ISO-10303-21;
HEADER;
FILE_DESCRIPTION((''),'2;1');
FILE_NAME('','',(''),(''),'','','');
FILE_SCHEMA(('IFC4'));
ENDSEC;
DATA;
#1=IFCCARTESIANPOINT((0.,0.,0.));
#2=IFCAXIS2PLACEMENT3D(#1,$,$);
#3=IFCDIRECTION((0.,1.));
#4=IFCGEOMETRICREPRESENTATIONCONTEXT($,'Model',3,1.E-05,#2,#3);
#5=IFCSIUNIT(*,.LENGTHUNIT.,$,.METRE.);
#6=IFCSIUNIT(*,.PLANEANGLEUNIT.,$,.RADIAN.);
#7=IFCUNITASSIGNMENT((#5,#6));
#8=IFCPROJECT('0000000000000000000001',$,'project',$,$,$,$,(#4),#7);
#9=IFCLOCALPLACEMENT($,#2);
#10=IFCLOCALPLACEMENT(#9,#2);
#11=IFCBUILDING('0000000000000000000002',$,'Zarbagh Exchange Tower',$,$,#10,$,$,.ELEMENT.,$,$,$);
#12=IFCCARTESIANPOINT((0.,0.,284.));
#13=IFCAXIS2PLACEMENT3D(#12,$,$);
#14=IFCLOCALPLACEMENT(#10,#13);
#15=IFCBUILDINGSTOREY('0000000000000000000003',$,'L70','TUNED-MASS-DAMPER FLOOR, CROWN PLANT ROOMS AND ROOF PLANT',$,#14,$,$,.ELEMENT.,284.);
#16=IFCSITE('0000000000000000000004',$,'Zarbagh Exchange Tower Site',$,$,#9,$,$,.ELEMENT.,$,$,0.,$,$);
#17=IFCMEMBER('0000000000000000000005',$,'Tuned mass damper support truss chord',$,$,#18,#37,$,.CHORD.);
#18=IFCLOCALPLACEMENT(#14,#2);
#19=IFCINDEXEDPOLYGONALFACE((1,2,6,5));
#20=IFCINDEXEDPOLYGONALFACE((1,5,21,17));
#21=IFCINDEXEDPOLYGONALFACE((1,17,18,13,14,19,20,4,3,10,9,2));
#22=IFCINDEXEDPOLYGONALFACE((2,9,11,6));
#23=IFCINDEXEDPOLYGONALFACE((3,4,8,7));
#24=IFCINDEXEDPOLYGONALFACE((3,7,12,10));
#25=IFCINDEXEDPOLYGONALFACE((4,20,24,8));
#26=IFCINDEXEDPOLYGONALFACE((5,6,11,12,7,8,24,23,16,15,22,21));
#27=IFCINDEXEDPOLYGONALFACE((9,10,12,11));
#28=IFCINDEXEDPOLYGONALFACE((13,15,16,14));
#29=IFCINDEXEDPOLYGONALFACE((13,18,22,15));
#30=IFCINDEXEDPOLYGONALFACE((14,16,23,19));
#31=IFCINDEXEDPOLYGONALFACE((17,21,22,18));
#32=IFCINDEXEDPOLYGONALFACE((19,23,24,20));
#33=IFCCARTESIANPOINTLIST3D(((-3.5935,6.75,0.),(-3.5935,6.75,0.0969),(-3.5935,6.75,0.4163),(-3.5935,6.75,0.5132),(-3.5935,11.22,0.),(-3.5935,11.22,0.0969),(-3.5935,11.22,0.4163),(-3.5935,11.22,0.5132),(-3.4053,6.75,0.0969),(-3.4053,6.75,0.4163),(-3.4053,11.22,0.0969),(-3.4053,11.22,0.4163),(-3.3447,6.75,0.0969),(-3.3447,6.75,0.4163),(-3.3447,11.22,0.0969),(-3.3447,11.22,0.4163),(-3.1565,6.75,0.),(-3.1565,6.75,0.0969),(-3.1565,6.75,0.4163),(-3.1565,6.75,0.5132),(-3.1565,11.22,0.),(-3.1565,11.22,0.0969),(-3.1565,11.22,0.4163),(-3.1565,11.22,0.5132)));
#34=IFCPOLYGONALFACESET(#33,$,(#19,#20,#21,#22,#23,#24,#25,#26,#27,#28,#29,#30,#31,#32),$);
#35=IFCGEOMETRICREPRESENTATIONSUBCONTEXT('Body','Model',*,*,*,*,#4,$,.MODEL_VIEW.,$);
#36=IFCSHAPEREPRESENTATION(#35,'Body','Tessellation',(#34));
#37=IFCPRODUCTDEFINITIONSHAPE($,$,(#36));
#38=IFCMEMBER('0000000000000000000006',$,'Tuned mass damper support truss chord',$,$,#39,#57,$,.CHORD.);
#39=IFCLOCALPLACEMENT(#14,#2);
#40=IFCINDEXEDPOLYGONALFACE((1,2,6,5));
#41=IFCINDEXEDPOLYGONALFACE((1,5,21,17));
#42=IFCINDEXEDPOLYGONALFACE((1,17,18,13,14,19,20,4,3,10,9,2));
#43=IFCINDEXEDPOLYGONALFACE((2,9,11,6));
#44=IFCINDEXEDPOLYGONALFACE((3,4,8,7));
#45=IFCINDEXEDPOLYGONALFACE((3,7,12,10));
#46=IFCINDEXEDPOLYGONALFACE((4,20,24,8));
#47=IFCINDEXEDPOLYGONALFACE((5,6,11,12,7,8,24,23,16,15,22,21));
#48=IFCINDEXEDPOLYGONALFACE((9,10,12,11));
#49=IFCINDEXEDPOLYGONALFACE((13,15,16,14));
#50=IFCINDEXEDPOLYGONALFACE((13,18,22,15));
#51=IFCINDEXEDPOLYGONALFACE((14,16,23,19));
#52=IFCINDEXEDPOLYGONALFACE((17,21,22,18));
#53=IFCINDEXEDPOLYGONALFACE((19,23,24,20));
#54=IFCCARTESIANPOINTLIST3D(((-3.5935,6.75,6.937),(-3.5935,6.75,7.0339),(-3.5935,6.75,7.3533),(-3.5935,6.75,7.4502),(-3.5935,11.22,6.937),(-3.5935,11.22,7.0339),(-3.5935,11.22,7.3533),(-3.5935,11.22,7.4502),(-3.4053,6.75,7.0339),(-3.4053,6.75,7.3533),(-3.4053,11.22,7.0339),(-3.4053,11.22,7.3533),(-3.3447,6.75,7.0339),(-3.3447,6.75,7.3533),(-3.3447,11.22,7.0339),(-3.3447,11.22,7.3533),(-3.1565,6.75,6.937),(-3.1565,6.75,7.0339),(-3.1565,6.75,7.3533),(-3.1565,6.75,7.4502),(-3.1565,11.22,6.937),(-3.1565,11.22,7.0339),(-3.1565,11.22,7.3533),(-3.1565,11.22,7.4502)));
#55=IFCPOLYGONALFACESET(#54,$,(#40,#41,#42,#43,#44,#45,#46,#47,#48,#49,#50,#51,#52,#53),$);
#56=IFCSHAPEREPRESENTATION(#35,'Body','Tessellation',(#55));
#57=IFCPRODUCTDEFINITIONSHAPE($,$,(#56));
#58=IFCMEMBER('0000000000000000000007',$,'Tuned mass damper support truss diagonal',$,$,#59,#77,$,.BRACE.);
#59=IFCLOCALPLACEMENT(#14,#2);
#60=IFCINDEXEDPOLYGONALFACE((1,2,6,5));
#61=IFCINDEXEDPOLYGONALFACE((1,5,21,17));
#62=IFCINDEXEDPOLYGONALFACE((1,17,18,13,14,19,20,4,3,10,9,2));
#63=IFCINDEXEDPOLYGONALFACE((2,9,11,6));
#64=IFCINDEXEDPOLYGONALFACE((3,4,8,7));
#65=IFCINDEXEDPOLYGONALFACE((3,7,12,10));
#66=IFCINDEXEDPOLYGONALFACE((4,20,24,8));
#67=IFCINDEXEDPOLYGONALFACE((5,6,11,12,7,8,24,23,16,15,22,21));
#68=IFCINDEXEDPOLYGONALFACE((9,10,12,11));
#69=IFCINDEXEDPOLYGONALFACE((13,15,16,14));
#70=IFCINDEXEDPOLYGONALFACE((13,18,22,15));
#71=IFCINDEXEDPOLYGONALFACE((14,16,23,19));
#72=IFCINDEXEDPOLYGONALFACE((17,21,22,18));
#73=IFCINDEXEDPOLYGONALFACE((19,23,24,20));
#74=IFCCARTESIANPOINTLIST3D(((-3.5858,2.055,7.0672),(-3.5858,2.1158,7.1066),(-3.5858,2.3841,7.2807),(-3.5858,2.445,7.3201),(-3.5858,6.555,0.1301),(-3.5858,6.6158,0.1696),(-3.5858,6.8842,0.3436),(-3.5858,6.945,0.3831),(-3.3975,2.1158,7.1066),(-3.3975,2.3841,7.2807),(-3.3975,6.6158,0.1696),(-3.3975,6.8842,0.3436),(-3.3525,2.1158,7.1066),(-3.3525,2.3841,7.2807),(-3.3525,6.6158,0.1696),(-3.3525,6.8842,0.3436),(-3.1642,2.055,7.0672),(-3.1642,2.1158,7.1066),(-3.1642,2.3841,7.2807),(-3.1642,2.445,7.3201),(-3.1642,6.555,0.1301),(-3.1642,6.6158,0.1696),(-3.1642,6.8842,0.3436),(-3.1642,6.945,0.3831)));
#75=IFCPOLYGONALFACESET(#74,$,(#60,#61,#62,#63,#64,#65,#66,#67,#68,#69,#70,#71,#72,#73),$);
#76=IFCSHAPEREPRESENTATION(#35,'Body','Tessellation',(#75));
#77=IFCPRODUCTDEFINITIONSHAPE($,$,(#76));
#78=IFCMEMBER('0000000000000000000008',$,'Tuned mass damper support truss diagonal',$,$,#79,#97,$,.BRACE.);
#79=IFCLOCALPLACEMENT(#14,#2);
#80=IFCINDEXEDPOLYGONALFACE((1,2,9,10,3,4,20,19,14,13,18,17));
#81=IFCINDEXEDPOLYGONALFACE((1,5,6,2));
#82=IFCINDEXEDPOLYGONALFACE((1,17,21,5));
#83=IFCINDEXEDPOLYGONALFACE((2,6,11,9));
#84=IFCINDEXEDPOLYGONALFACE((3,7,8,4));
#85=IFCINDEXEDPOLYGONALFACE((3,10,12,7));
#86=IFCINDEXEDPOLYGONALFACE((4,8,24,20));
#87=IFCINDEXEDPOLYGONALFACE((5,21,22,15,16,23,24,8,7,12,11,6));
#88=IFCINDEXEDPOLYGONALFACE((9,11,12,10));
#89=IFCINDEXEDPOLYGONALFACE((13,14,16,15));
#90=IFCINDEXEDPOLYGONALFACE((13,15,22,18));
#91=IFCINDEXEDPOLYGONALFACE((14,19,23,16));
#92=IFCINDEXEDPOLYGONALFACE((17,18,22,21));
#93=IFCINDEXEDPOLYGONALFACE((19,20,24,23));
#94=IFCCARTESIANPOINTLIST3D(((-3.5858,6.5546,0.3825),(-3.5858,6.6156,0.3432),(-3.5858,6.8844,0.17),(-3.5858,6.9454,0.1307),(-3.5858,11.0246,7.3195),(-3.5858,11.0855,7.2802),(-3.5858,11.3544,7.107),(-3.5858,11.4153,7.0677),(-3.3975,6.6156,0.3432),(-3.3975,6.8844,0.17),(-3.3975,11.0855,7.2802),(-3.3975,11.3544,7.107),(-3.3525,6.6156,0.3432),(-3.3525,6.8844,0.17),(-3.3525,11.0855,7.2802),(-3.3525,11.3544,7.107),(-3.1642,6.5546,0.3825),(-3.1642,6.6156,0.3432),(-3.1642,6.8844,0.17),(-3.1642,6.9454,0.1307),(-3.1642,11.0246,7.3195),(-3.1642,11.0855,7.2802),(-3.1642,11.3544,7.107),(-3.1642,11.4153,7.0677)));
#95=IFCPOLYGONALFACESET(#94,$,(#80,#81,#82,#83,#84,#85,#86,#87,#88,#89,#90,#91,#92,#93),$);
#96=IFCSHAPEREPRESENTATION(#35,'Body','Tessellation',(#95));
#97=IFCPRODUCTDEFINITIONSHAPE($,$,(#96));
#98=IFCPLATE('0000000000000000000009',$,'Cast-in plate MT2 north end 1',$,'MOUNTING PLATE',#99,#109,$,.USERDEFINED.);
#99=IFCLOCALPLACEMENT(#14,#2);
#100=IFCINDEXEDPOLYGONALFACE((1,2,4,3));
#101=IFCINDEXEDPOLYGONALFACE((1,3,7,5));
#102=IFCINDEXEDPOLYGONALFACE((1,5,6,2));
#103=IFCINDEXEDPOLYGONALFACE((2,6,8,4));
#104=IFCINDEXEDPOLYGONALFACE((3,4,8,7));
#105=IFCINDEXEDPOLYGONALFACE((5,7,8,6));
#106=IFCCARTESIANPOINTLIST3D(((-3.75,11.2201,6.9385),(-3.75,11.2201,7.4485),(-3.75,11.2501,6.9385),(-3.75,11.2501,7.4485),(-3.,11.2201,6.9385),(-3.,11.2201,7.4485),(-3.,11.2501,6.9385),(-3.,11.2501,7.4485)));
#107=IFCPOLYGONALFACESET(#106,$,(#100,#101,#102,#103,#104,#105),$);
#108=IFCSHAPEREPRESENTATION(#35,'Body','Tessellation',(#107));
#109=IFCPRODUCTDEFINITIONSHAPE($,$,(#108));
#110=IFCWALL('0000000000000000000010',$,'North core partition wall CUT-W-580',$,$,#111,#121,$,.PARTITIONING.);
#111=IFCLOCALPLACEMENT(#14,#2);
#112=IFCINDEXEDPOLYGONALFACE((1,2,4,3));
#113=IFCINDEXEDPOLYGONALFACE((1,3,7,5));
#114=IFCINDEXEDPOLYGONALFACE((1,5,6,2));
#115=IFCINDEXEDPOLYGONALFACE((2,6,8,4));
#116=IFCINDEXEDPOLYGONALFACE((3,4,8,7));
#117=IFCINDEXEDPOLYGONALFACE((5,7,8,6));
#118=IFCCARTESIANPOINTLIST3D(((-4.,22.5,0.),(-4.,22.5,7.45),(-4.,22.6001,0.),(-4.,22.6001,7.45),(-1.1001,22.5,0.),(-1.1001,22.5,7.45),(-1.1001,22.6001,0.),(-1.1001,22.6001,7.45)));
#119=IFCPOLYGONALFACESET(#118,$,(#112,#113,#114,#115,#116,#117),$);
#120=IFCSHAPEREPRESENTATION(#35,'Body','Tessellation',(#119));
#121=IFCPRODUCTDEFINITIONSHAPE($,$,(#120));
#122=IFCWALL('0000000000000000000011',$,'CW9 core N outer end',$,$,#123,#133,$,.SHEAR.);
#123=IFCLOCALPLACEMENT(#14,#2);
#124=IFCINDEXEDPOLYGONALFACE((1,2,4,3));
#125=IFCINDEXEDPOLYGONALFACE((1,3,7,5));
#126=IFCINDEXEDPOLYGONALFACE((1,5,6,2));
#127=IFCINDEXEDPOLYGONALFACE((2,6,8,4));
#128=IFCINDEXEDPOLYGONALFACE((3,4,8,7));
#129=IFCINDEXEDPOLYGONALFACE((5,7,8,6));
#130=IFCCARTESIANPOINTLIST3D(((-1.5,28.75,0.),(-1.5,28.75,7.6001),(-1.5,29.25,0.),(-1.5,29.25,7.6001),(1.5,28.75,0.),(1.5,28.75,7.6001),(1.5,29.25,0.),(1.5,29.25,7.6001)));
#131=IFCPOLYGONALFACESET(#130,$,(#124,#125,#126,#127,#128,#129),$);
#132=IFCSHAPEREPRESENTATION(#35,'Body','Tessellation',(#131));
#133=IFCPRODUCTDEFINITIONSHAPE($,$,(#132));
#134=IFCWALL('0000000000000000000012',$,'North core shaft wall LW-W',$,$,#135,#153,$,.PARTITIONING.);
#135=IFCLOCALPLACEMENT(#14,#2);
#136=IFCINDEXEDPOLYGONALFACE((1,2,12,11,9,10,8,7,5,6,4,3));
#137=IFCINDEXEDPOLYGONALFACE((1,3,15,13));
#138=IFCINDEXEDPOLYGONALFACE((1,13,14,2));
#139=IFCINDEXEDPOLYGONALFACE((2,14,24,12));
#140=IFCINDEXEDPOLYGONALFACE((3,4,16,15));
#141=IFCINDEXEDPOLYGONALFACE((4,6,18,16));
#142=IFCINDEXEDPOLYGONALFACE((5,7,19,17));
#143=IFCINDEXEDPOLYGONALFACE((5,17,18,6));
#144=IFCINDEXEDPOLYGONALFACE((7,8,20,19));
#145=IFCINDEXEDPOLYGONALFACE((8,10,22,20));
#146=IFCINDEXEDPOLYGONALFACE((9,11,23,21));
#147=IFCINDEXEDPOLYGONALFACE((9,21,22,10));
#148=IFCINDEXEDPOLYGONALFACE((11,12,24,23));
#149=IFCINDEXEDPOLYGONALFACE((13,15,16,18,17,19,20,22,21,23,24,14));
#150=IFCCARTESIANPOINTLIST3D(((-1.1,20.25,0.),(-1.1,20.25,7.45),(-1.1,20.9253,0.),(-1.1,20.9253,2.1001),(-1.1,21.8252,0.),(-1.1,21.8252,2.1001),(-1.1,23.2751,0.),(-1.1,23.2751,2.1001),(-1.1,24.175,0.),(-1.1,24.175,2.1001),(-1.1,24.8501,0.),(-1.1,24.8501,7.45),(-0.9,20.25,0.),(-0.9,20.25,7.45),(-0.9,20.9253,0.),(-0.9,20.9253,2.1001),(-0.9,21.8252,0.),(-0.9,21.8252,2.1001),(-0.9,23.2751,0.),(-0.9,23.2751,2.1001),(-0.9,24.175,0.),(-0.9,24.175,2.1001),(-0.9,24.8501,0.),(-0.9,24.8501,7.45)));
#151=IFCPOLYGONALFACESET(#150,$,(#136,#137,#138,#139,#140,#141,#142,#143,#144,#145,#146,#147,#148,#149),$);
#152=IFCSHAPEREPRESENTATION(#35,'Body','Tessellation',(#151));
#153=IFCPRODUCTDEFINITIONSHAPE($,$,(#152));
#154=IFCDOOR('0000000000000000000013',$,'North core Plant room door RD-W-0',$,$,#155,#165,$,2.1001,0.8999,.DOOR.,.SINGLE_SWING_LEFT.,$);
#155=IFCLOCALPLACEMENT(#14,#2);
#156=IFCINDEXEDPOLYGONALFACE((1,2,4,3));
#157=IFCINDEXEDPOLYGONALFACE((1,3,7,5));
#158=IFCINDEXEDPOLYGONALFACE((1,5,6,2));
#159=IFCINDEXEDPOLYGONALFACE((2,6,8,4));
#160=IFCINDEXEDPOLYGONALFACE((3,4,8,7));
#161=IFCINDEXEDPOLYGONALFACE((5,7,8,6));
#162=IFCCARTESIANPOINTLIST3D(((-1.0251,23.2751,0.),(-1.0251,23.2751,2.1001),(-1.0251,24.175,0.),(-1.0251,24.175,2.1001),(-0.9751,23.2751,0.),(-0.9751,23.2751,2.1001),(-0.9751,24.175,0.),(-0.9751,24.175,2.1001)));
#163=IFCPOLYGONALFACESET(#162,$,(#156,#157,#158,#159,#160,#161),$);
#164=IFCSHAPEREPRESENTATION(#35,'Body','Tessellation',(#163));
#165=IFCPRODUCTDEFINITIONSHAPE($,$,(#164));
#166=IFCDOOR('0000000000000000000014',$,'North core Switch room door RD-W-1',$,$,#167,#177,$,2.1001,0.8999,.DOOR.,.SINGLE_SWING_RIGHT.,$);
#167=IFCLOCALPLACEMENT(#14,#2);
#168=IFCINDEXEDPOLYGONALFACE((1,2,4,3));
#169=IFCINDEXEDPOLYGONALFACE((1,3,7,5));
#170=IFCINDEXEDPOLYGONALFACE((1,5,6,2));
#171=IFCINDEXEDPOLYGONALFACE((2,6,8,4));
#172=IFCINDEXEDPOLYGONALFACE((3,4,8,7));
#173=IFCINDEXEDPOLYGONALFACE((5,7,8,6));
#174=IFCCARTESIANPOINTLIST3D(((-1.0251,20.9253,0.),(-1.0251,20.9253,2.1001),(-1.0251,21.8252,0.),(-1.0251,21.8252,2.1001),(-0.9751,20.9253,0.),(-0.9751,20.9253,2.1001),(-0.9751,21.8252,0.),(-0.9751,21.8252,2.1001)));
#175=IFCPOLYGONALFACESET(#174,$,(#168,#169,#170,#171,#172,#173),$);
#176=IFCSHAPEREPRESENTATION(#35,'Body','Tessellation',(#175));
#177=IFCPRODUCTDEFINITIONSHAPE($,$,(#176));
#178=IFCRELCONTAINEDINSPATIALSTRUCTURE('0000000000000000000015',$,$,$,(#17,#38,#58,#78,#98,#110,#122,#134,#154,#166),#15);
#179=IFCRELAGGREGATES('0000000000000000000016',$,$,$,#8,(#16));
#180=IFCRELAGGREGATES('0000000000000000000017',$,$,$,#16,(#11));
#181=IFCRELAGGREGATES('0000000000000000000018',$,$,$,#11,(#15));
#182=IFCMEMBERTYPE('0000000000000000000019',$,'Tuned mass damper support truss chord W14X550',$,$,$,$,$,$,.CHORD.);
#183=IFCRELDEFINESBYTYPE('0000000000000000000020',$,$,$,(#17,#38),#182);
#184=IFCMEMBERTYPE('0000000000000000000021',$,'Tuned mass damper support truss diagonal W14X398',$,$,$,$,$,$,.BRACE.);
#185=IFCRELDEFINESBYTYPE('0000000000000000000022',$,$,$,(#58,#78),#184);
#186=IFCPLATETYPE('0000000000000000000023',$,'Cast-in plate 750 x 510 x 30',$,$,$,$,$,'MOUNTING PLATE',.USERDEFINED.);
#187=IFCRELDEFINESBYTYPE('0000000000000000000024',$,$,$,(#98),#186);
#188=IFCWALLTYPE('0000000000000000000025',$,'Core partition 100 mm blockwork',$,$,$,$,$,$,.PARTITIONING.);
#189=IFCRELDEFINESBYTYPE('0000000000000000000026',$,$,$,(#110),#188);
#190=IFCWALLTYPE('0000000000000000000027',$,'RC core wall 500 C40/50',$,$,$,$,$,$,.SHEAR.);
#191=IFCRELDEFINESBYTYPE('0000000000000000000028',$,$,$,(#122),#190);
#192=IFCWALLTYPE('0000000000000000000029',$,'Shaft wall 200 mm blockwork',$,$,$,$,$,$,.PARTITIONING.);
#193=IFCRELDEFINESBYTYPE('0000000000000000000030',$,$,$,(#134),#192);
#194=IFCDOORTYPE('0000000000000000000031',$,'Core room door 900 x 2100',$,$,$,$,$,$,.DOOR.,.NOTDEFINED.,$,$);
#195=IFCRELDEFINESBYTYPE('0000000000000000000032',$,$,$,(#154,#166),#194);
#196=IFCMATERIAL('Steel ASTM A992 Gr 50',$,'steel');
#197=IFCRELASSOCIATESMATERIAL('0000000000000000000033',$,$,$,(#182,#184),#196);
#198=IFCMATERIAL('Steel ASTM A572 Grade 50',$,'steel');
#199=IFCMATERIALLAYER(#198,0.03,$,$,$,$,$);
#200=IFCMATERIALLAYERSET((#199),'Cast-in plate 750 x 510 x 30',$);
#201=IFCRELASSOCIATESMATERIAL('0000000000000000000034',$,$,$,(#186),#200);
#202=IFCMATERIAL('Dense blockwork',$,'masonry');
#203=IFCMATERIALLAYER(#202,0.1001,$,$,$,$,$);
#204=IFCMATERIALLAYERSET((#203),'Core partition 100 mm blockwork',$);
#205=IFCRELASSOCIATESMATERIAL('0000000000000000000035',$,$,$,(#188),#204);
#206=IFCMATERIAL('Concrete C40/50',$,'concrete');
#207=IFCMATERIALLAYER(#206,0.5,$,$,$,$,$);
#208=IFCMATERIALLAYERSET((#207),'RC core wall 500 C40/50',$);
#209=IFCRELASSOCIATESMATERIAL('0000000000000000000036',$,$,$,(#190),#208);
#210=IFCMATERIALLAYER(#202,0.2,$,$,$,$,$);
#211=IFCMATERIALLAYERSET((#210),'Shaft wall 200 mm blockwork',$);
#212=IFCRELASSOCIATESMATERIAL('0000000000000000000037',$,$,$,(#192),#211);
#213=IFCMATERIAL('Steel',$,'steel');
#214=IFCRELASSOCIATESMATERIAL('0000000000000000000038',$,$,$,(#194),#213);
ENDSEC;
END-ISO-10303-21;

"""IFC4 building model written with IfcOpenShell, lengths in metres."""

from ifc_helpers import new_model, si_unit, direction, frame, frame_2d, origin, origin_2d, place, context, subcontext, project, spatial, rectangle, i_section, extrude, material, layer, layer_set, material_profile, profile_set, type_object, element, fill, save


model = new_model("IFC4")

# Units and contexts
model_context = context("Model", 3, precision=1e-05, world=origin(), true_north=direction((0.0, 1.0)))
body_context = subcontext(model_context, "Body", "Model", "MODEL_VIEW")
ifc_project = project(units=[si_unit("LENGTHUNIT", "METRE"), si_unit("PLANEANGLEUNIT", "RADIAN")], contexts=[model_context])

# Site, building, storey
site_placement = place(None, origin())
site = spatial("IfcSite", under=ifc_project, at=site_placement, Name="Zarbagh Exchange Tower Site", CompositionType="ELEMENT", RefElevation=0.0)
building_placement = place(site_placement, origin())
building = spatial("IfcBuilding", under=site, at=building_placement, Name="Zarbagh Exchange Tower", CompositionType="ELEMENT")
storey_placement = place(building_placement, frame((0.0, 0.0, 284.0)))
storey = spatial("IfcBuildingStorey", under=building, at=storey_placement, Name="L70", Description="TUNED-MASS-DAMPER FLOOR, CROWN PLANT ROOMS AND ROOF PLANT", CompositionType="ELEMENT", Elevation=284.0)

# Members
ifc_material_1 = material(Name="Steel ASTM A992 Gr 50", Category="steel")
ifc_material_profile_1 = material_profile(ifc_material_1, i_section(OverallWidth=0.437, OverallDepth=0.5132, WebThickness=0.0605, FlangeThickness=0.0969, at=origin_2d()), Name="W14X550")
ifc_profile_set_1 = profile_set([ifc_material_profile_1], Name="Steel ASTM A992 Gr 50")
member_type_1 = type_object("IfcMemberType", Name="Tuned mass damper support truss chord W14X550", PredefinedType="CHORD", material=ifc_profile_set_1)
for number, where, z_axis, x_axis, name in (
    (1, (-3.375, 6.75, 0.2566), (0.0, 1.0, 0.0), (-1.0, 0.0, 0.0), "Tuned mass damper support truss chord"),
    (2, (-3.375, 6.75, 7.1936), (0.0, 1.0, 0.0), (-1.0, 0.0, 0.0), "Tuned mass damper support truss chord"),
):
    element("IfcMember", number, at=place(storey_placement, frame(where, z_axis=z_axis, x_axis=x_axis)), inside=storey, type_object=member_type_1, Name=name, PredefinedType="CHORD", context=body_context, shape_type="SweptSolid", body=[
        extrude(i_section(OverallWidth=0.437, OverallDepth=0.5132, WebThickness=0.0605, FlangeThickness=0.0969, at=origin_2d()), origin(), (0.0, 0.0, 1.0), 4.47),
    ])
ifc_material_profile_2 = material_profile(ifc_material_1, i_section(OverallWidth=0.4216, OverallDepth=0.4648, WebThickness=0.0449, FlangeThickness=0.0725, at=origin_2d()), Name="W14X398")
ifc_profile_set_2 = profile_set([ifc_material_profile_2], Name="Steel ASTM A992 Gr 50")
member_type_2 = type_object("IfcMemberType", Name="Tuned mass damper support truss diagonal W14X398", PredefinedType="BRACE", material=ifc_profile_set_2)
member_1_placement = place(storey_placement, frame((-3.375, 6.75, 0.2566), z_axis=(0.0, -0.544218, 0.838944), x_axis=(1.0, 0.0, 0.0)))
element("IfcMember", 3, at=member_1_placement, inside=storey, type_object=member_type_2, Name="Tuned mass damper support truss diagonal", PredefinedType="BRACE", context=body_context, shape_type="SweptSolid", body=[
    extrude(i_section(OverallWidth=0.4216, OverallDepth=0.4648, WebThickness=0.0449, FlangeThickness=0.0725, at=origin_2d()), origin(), (0.0, 0.0, 1.0), 8.2688),
])
member_2_placement = place(storey_placement, frame((-3.375, 6.75, 0.2566), z_axis=(0.0, 0.541654, 0.840601), x_axis=(-1.0, 0.0, 0.0)))
element("IfcMember", 4, at=member_2_placement, inside=storey, type_object=member_type_2, Name="Tuned mass damper support truss diagonal", PredefinedType="BRACE", context=body_context, shape_type="SweptSolid", body=[
    extrude(i_section(OverallWidth=0.4216, OverallDepth=0.4648, WebThickness=0.0449, FlangeThickness=0.0725, at=origin_2d()), origin(), (0.0, 0.0, 1.0), 8.2524),
])

# Plate
ifc_material_2 = material(Name="Steel ASTM A572 Grade 50", Category="steel")
ifc_layer_1 = layer(ifc_material_2, 0.03)
ifc_layer_set_1 = layer_set([ifc_layer_1], Name="Cast-in plate 750 x 510 x 30")
plate_type = type_object("IfcPlateType", Name="Cast-in plate 750 x 510 x 30", ElementType="MOUNTING PLATE", PredefinedType="USERDEFINED", material=ifc_layer_set_1)
plate_placement = place(storey_placement, frame((-3.375, 11.2351, 6.9385), z_axis=(0.0, 0.0, 1.0), x_axis=(1.0, 0.0, 0.0)))
element("IfcPlate", 5, at=plate_placement, inside=storey, type_object=plate_type, Name="Cast-in plate MT2 north end 1", ObjectType="MOUNTING PLATE", PredefinedType="USERDEFINED", context=body_context, shape_type="SweptSolid", body=[
    extrude(rectangle(XDim=0.75, YDim=0.03, at=origin_2d()), origin(), (0.0, 0.0, 1.0), 0.51),
])

# Walls
ifc_material_3 = material(Name="Dense blockwork", Category="masonry")
ifc_layer_2 = layer(ifc_material_3, 0.1001)
ifc_layer_set_2 = layer_set([ifc_layer_2], Name="Core partition 100 mm blockwork")
wall_type_1 = type_object("IfcWallType", Name="Core partition 100 mm blockwork", PredefinedType="PARTITIONING", material=ifc_layer_set_2)
wall_1_placement = place(storey_placement, frame((-4.0, 22.55, 0.0), z_axis=(0.0, 0.0, 1.0), x_axis=(1.0, 0.0, 0.0)))
element("IfcWall", 6, at=wall_1_placement, inside=storey, type_object=wall_type_1, Name="North core partition wall CUT-W-580", PredefinedType="PARTITIONING", context=body_context, shape_type="SweptSolid", body=[
    extrude(rectangle(XDim=2.8999, YDim=0.1001, at=frame_2d((1.45, 0.0))), origin(), (0.0, 0.0, 1.0), 7.45),
])
ifc_material_4 = material(Name="Concrete C40/50", Category="concrete")
ifc_layer_3 = layer(ifc_material_4, 0.5)
ifc_layer_set_3 = layer_set([ifc_layer_3], Name="RC core wall 500 C40/50")
wall_type_2 = type_object("IfcWallType", Name="RC core wall 500 C40/50", PredefinedType="SHEAR", material=ifc_layer_set_3)
wall_2_placement = place(storey_placement, frame((-1.5, 29.0, 0.0), z_axis=(0.0, 0.0, 1.0), x_axis=(1.0, 0.0, 0.0)))
element("IfcWall", 7, at=wall_2_placement, inside=storey, type_object=wall_type_2, Name="CW9 core N outer end", PredefinedType="SHEAR", context=body_context, shape_type="SweptSolid", body=[
    extrude(rectangle(XDim=3.0, YDim=0.5, at=frame_2d((1.5, 0.0))), origin(), (0.0, 0.0, 1.0), 7.6001),
])

# Wall, openings, doors
ifc_layer_4 = layer(ifc_material_3, 0.2)
ifc_layer_set_4 = layer_set([ifc_layer_4], Name="Shaft wall 200 mm blockwork")
wall_type_3 = type_object("IfcWallType", Name="Shaft wall 200 mm blockwork", PredefinedType="PARTITIONING", material=ifc_layer_set_4)
wall_3_placement = place(storey_placement, frame((-1.0, 24.8501, 0.0), z_axis=(0.0, 0.0, 1.0), x_axis=(0.0, -1.0, 0.0)))
wall_3 = element("IfcWall", 8, at=wall_3_placement, inside=storey, type_object=wall_type_3, Name="North core shaft wall LW-W", PredefinedType="PARTITIONING", context=body_context, shape_type="SweptSolid", body=[
    extrude(rectangle(XDim=4.6001, YDim=0.2, at=frame_2d((2.3, 0.0))), origin(), (0.0, 0.0, 1.0), 7.45),
])
opening_1_placement = place(wall_3_placement, frame((0.675, 0.0, 0.0)))
opening_1 = element("IfcOpeningElement", 9, at=opening_1_placement, cuts=wall_3, PredefinedType="OPENING", context=body_context, shape_type="SweptSolid", body=[
    extrude(rectangle(XDim=0.8999, YDim=2.1001, at=frame_2d((0.45, 1.05))), frame((0.0, 0.1099, 0.0), z_axis=(0.0, -1.0, 0.0), x_axis=(1.0, 0.0, 0.0)), (0.0, 0.0, 1.0), 0.22),
])
opening_2_placement = place(wall_3_placement, frame((3.0249, 0.0, 0.0)))
opening_2 = element("IfcOpeningElement", 10, at=opening_2_placement, cuts=wall_3, PredefinedType="OPENING", context=body_context, shape_type="SweptSolid", body=[
    extrude(rectangle(XDim=0.8999, YDim=2.1001, at=frame_2d((0.45, 1.05))), frame((0.0, 0.1099, 0.0), z_axis=(0.0, -1.0, 0.0), x_axis=(1.0, 0.0, 0.0)), (0.0, 0.0, 1.0), 0.22),
])
ifc_material_5 = material(Name="Steel", Category="steel")
door_type = type_object("IfcDoorType", Name="Core room door 900 x 2100", OperationType="NOTDEFINED", PredefinedType="DOOR", material=ifc_material_5)
door_1_placement = place(opening_1_placement, origin())
door_1 = element("IfcDoor", 11, at=door_1_placement, inside=storey, type_object=door_type, Name="North core Plant room door RD-W-0", OperationType="SINGLE_SWING_LEFT", OverallHeight=2.1001, OverallWidth=0.8999, PredefinedType="DOOR", context=body_context, shape_type="SweptSolid", body=[
    extrude(rectangle(XDim=0.8999, YDim=2.1001, at=frame_2d((0.45, 1.05))), frame((0.0, 0.0249, 0.0), z_axis=(0.0, -1.0, 0.0), x_axis=(1.0, 0.0, 0.0)), (0.0, 0.0, 1.0), 0.05),
])
fill(opening_1, door_1)
door_2_placement = place(opening_2_placement, origin())
door_2 = element("IfcDoor", 12, at=door_2_placement, inside=storey, type_object=door_type, Name="North core Switch room door RD-W-1", OperationType="SINGLE_SWING_RIGHT", OverallHeight=2.1001, OverallWidth=0.8999, PredefinedType="DOOR", context=body_context, shape_type="SweptSolid", body=[
    extrude(rectangle(XDim=0.8999, YDim=2.1001, at=frame_2d((0.45, 1.05))), frame((0.0, 0.0249, 0.0), z_axis=(0.0, -1.0, 0.0), x_axis=(1.0, 0.0, 0.0)), (0.0, 0.0, 1.0), 0.05),
])
fill(opening_2, door_2)

save(model, "model.ifc")
